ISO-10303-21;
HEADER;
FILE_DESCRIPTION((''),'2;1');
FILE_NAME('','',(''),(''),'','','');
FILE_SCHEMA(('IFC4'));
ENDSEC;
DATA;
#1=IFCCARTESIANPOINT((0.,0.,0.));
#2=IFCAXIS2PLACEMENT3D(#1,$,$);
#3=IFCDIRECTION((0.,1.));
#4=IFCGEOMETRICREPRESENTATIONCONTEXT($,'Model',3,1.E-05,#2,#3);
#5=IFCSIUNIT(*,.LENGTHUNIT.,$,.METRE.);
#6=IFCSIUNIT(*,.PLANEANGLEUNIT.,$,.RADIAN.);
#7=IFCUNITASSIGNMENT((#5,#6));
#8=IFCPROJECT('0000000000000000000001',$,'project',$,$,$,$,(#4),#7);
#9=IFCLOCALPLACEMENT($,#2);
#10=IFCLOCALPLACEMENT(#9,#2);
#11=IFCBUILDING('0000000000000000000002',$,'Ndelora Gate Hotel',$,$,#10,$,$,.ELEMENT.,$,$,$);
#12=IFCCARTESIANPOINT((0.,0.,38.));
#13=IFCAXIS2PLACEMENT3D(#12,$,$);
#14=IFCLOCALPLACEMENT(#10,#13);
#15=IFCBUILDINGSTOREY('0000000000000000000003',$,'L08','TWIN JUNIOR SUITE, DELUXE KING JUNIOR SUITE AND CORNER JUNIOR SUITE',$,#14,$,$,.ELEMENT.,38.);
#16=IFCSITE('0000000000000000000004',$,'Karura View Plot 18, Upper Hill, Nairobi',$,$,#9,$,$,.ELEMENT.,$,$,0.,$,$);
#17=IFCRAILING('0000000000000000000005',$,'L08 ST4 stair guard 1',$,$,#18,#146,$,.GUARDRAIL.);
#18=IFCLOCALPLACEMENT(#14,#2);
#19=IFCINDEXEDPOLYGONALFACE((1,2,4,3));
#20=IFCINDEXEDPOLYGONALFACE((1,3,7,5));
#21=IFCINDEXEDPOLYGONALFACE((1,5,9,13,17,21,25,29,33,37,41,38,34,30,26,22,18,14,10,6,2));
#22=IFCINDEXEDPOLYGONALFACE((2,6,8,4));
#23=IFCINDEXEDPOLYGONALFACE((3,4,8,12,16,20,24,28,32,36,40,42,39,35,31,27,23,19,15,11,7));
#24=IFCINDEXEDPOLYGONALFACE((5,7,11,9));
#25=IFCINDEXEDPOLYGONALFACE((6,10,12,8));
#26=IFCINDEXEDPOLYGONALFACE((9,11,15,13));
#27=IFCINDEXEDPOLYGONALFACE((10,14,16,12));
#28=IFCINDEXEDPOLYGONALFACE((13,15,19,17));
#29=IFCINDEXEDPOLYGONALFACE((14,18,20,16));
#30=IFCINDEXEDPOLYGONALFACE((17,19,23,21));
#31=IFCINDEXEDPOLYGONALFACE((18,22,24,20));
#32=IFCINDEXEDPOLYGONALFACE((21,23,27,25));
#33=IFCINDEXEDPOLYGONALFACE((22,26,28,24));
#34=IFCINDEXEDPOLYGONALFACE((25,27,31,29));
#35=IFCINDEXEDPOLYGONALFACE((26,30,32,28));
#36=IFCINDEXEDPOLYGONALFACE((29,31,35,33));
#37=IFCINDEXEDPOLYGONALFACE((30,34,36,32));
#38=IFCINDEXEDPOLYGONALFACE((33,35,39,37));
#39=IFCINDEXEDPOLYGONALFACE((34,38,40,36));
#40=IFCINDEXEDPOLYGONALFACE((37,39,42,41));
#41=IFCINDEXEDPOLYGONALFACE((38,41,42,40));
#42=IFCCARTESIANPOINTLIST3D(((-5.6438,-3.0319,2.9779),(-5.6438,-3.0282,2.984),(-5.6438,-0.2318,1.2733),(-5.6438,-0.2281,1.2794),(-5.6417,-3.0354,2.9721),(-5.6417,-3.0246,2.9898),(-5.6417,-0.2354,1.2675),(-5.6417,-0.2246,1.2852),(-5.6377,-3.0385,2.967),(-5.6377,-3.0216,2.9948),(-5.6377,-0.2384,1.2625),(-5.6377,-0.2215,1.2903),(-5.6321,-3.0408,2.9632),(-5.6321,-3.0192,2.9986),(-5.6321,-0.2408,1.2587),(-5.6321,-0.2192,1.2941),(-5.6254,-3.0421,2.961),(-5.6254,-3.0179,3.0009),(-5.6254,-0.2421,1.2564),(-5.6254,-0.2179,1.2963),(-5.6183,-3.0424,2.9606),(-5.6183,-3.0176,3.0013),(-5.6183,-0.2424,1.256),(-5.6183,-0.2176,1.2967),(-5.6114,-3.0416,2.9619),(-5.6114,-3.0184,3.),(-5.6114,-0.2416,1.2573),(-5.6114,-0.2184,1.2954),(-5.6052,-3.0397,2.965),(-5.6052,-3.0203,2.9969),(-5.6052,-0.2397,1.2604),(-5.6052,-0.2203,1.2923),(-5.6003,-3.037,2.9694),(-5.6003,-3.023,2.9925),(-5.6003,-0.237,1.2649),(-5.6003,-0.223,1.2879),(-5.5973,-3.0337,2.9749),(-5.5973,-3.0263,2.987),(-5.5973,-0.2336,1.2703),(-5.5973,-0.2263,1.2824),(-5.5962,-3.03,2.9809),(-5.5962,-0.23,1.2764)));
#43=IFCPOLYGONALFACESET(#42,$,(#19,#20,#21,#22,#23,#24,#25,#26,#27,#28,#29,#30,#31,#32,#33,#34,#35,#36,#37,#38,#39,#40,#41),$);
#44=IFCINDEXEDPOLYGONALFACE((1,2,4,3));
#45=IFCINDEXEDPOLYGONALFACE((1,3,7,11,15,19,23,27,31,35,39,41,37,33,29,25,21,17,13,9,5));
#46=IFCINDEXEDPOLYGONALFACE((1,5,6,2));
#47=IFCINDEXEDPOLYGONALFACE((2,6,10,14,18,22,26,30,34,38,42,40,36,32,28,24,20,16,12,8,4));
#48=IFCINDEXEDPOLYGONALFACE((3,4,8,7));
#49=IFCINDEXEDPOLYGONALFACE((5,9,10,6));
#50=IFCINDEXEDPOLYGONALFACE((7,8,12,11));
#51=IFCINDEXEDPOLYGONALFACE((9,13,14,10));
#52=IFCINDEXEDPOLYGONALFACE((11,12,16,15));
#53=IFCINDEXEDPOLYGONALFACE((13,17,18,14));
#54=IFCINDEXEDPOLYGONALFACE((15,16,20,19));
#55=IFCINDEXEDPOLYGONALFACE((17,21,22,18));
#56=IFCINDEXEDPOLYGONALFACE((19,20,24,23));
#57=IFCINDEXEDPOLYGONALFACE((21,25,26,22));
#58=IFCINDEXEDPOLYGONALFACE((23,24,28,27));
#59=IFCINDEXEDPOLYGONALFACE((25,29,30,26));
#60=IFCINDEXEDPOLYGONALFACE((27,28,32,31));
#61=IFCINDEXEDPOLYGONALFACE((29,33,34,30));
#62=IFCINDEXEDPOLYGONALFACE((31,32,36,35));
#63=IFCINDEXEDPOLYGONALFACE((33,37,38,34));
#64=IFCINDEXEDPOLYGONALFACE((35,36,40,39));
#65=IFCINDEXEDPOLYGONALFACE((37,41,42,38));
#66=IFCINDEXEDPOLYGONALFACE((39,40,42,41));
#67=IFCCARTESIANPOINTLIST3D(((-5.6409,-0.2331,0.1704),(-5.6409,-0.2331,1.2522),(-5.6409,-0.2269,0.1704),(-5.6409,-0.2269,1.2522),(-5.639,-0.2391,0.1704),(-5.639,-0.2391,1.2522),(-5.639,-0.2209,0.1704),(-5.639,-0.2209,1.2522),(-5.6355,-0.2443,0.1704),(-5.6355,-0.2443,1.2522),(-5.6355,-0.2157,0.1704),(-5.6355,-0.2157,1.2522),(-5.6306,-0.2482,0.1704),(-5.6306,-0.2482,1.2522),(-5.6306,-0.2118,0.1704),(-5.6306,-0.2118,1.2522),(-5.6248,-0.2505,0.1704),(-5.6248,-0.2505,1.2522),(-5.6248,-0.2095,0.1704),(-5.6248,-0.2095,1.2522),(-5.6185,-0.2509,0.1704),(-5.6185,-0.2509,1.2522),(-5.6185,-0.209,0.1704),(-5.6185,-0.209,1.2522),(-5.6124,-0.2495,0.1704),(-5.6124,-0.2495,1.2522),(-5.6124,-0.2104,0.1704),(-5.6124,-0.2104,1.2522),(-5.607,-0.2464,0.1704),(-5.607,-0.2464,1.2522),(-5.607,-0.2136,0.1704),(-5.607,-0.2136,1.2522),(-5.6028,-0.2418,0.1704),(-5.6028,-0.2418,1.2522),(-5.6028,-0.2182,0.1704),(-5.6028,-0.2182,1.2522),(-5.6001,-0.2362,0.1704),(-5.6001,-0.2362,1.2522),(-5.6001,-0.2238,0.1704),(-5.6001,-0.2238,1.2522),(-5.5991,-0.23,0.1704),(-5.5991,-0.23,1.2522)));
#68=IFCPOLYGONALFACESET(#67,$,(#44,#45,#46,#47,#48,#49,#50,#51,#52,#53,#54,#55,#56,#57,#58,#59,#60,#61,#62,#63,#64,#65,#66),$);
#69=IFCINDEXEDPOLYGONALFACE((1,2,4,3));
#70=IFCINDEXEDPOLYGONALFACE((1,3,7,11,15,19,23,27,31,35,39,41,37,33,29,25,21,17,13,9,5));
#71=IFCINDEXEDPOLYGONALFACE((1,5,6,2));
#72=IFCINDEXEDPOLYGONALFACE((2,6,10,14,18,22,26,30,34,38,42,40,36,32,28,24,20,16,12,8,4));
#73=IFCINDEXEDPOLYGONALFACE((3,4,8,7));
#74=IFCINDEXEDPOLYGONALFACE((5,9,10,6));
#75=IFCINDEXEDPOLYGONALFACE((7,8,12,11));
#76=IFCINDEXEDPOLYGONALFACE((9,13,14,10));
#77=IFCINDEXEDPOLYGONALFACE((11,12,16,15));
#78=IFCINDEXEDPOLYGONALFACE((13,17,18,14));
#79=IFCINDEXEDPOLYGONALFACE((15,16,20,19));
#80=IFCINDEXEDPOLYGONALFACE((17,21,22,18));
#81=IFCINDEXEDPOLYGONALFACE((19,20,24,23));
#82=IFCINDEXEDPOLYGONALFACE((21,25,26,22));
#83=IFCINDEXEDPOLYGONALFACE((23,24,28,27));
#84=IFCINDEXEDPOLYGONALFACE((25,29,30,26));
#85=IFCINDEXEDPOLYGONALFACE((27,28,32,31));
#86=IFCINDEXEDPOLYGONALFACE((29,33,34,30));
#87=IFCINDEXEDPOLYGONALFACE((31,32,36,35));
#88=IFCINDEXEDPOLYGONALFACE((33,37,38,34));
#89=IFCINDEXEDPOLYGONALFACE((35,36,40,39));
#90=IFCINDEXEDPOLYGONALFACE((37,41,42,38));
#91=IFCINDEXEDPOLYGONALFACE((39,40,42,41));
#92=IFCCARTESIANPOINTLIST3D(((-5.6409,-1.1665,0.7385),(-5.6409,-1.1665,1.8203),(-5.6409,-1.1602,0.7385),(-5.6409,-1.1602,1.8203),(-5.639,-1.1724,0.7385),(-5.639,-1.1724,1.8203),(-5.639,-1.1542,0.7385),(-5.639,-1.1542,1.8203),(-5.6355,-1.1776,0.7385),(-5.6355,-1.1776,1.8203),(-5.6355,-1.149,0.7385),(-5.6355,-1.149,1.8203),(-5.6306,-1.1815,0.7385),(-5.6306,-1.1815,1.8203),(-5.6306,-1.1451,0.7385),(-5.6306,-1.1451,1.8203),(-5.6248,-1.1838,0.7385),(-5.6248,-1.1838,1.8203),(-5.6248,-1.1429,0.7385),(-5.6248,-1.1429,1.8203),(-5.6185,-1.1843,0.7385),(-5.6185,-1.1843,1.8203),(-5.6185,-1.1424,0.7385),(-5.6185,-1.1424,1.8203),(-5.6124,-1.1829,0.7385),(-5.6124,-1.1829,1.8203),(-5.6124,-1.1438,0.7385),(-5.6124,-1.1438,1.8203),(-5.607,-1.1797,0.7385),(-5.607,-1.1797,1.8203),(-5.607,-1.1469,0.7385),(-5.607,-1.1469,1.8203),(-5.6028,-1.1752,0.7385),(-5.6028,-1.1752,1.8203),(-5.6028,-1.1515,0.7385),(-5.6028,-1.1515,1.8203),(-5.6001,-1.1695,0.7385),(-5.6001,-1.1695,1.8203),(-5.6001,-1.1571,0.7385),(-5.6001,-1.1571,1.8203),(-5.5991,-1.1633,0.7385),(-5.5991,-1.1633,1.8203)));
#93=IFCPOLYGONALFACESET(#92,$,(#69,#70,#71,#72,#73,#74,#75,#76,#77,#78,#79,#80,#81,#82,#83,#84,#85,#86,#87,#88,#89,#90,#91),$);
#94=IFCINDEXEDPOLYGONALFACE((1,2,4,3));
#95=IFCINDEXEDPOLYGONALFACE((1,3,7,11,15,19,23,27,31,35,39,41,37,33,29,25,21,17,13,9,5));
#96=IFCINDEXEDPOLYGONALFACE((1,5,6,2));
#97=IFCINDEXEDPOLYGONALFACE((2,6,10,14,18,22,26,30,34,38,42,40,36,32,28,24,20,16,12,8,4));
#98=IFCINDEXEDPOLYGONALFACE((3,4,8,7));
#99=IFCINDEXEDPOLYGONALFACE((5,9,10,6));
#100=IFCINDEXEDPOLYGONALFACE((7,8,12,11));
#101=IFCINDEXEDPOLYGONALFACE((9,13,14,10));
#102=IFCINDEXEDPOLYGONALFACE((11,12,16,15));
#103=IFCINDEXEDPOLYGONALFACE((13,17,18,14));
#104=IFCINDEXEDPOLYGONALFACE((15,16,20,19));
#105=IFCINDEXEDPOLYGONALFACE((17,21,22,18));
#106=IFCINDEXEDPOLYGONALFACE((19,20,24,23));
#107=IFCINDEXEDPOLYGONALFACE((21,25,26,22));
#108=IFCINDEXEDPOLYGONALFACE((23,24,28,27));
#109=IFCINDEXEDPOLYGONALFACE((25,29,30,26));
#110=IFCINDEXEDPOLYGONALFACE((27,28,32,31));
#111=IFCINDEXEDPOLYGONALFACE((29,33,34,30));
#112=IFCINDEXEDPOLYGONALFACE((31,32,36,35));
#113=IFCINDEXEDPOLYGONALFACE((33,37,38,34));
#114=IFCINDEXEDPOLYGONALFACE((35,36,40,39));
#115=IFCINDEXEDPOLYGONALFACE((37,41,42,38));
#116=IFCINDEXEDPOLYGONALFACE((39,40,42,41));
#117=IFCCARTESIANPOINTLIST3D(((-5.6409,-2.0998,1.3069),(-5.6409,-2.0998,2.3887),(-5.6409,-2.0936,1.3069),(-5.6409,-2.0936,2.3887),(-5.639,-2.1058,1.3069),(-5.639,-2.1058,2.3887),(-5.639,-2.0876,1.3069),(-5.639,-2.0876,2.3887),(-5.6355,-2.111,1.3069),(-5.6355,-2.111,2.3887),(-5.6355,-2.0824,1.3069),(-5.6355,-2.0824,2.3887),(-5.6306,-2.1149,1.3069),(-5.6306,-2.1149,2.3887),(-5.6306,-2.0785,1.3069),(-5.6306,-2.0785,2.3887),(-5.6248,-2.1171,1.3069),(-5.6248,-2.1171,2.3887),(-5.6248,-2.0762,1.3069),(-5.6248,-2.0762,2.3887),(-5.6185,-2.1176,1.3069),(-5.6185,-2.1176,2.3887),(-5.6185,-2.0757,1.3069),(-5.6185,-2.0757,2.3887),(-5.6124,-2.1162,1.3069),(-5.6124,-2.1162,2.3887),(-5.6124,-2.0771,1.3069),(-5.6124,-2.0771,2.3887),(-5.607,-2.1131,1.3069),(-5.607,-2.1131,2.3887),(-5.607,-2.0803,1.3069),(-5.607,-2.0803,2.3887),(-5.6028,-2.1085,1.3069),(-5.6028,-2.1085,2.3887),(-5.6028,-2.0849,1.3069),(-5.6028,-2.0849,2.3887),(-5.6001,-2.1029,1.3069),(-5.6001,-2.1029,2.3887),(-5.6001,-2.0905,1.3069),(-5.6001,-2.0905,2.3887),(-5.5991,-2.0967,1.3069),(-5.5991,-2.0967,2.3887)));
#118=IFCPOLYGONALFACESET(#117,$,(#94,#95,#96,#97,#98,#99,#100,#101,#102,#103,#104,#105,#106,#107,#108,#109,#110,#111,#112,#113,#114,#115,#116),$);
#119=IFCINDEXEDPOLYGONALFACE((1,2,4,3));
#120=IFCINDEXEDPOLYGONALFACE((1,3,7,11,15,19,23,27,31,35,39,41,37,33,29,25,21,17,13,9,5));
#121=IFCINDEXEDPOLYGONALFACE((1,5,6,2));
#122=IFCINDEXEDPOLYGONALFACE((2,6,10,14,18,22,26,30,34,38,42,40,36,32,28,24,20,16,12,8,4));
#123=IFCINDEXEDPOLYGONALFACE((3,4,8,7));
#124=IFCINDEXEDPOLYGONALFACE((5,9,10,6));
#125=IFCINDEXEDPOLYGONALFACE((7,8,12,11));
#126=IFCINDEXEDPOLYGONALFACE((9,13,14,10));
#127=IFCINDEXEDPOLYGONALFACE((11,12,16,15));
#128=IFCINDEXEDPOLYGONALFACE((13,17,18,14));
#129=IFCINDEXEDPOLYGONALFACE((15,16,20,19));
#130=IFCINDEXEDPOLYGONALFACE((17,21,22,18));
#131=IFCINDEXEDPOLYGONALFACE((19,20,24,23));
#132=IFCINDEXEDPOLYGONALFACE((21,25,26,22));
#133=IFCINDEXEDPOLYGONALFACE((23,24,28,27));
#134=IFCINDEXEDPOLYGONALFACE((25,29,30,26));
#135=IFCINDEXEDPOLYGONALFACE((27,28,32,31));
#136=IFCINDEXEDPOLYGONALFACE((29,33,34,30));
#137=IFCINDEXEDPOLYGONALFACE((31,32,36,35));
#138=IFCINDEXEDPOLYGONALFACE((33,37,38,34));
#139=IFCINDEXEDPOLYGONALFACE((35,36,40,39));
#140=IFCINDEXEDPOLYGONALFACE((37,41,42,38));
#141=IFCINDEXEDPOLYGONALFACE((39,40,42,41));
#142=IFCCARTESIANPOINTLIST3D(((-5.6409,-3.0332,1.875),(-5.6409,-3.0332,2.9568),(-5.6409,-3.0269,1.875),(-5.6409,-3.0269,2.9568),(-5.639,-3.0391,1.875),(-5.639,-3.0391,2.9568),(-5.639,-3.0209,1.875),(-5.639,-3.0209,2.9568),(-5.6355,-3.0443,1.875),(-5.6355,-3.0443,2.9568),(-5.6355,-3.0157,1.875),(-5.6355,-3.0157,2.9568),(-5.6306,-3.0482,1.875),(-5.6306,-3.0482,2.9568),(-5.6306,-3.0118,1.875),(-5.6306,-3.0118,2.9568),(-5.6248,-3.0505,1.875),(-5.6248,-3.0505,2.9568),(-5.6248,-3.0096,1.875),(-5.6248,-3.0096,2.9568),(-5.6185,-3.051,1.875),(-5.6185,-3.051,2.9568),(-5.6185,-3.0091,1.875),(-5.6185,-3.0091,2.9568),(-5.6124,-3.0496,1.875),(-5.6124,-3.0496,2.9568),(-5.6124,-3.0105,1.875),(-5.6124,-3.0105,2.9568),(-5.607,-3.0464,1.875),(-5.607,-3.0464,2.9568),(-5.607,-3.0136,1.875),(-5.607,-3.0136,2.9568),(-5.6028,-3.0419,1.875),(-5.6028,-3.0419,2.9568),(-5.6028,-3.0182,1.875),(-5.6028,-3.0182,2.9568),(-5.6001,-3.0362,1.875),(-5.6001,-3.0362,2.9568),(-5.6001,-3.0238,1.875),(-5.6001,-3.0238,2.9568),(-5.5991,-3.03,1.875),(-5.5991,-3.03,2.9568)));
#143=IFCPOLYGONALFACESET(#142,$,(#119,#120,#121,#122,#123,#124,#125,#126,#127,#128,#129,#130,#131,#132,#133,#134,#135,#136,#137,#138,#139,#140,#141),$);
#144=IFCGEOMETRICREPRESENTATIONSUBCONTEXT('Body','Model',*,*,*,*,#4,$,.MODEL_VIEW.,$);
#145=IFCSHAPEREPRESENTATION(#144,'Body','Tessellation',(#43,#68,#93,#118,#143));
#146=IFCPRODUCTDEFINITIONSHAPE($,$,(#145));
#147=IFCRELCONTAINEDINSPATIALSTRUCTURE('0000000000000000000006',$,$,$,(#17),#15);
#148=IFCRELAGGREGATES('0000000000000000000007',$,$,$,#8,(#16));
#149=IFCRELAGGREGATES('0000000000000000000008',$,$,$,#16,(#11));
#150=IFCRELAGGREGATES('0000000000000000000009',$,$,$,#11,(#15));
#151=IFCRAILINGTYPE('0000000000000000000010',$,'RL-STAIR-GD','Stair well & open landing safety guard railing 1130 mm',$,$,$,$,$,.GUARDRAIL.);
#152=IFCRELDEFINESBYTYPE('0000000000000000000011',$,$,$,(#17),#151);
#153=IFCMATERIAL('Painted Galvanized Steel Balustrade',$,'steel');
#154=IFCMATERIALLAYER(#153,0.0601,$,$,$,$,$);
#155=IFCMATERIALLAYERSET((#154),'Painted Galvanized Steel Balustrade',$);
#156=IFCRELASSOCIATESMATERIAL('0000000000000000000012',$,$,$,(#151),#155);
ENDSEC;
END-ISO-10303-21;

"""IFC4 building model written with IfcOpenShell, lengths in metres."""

from ifc_helpers import new_model, si_unit, direction, frame, origin, origin_2d, place, context, subcontext, project, spatial, circle, extrude, material, layer, layer_set, type_object, element, save


model = new_model("IFC4")

# Units and contexts
model_context = context("Model", 3, precision=1e-05, world=origin(), true_north=direction((0.0, 1.0)))
body_context = subcontext(model_context, "Body", "Model", "MODEL_VIEW")
ifc_project = project(units=[si_unit("LENGTHUNIT", "METRE"), si_unit("PLANEANGLEUNIT", "RADIAN")], contexts=[model_context])

# Site, building, storey
site_placement = place(None, origin())
site = spatial("IfcSite", under=ifc_project, at=site_placement, Name="Karura View Plot 18, Upper Hill, Nairobi", CompositionType="ELEMENT", RefElevation=0.0)
building_placement = place(site_placement, origin())
building = spatial("IfcBuilding", under=site, at=building_placement, Name="Ndelora Gate Hotel", CompositionType="ELEMENT")
storey_placement = place(building_placement, frame((0.0, 0.0, 38.0)))
storey = spatial("IfcBuildingStorey", under=building, at=storey_placement, Name="L08", Description="TWIN JUNIOR SUITE, DELUXE KING JUNIOR SUITE AND CORNER JUNIOR SUITE", CompositionType="ELEMENT", Elevation=38.0)

# Railing
ifc_material_1 = material(Name="Painted Galvanized Steel Balustrade", Category="steel")
ifc_layer_1 = layer(ifc_material_1, 0.0601)
ifc_layer_set_1 = layer_set([ifc_layer_1], Name="Painted Galvanized Steel Balustrade")
railing_type_1 = type_object("IfcRailingType", Name="RL-STAIR-GD", Description="Stair well & open landing safety guard railing 1130 mm", PredefinedType="GUARDRAIL", material=ifc_layer_set_1)
railing_1_placement = place(storey_placement, frame((-5.6201, -0.23, 0.1704)))
element("IfcRailing", 1, at=railing_1_placement, inside=storey, type_object=railing_type_1, Name="L08 ST4 stair guard 1", PredefinedType="GUARDRAIL", context=body_context, shape_type="SweptSolid", body=[
    extrude(circle(Radius=0.0239, at=origin_2d()), frame((0.0, 0.0, 1.106), z_axis=(0.0, -0.85417, 0.519994), x_axis=(1.0, 0.0, 0.0)), (0.0, 0.0, 1.0), 3.2781),
    extrude(circle(Radius=0.021, at=origin_2d()), origin(), (0.0, 0.0, 1.0), 1.0818),
    extrude(circle(Radius=0.021, at=origin_2d()), frame((0.0, -0.9333, 0.5681)), (0.0, 0.0, 1.0), 1.0818),
    extrude(circle(Radius=0.021, at=origin_2d()), frame((0.0, -1.8667, 1.1365)), (0.0, 0.0, 1.0), 1.0818),
    extrude(circle(Radius=0.021, at=origin_2d()), frame((0.0, -2.8, 1.7046)), (0.0, 0.0, 1.0), 1.0818),
])

save(model, "model.ifc")
